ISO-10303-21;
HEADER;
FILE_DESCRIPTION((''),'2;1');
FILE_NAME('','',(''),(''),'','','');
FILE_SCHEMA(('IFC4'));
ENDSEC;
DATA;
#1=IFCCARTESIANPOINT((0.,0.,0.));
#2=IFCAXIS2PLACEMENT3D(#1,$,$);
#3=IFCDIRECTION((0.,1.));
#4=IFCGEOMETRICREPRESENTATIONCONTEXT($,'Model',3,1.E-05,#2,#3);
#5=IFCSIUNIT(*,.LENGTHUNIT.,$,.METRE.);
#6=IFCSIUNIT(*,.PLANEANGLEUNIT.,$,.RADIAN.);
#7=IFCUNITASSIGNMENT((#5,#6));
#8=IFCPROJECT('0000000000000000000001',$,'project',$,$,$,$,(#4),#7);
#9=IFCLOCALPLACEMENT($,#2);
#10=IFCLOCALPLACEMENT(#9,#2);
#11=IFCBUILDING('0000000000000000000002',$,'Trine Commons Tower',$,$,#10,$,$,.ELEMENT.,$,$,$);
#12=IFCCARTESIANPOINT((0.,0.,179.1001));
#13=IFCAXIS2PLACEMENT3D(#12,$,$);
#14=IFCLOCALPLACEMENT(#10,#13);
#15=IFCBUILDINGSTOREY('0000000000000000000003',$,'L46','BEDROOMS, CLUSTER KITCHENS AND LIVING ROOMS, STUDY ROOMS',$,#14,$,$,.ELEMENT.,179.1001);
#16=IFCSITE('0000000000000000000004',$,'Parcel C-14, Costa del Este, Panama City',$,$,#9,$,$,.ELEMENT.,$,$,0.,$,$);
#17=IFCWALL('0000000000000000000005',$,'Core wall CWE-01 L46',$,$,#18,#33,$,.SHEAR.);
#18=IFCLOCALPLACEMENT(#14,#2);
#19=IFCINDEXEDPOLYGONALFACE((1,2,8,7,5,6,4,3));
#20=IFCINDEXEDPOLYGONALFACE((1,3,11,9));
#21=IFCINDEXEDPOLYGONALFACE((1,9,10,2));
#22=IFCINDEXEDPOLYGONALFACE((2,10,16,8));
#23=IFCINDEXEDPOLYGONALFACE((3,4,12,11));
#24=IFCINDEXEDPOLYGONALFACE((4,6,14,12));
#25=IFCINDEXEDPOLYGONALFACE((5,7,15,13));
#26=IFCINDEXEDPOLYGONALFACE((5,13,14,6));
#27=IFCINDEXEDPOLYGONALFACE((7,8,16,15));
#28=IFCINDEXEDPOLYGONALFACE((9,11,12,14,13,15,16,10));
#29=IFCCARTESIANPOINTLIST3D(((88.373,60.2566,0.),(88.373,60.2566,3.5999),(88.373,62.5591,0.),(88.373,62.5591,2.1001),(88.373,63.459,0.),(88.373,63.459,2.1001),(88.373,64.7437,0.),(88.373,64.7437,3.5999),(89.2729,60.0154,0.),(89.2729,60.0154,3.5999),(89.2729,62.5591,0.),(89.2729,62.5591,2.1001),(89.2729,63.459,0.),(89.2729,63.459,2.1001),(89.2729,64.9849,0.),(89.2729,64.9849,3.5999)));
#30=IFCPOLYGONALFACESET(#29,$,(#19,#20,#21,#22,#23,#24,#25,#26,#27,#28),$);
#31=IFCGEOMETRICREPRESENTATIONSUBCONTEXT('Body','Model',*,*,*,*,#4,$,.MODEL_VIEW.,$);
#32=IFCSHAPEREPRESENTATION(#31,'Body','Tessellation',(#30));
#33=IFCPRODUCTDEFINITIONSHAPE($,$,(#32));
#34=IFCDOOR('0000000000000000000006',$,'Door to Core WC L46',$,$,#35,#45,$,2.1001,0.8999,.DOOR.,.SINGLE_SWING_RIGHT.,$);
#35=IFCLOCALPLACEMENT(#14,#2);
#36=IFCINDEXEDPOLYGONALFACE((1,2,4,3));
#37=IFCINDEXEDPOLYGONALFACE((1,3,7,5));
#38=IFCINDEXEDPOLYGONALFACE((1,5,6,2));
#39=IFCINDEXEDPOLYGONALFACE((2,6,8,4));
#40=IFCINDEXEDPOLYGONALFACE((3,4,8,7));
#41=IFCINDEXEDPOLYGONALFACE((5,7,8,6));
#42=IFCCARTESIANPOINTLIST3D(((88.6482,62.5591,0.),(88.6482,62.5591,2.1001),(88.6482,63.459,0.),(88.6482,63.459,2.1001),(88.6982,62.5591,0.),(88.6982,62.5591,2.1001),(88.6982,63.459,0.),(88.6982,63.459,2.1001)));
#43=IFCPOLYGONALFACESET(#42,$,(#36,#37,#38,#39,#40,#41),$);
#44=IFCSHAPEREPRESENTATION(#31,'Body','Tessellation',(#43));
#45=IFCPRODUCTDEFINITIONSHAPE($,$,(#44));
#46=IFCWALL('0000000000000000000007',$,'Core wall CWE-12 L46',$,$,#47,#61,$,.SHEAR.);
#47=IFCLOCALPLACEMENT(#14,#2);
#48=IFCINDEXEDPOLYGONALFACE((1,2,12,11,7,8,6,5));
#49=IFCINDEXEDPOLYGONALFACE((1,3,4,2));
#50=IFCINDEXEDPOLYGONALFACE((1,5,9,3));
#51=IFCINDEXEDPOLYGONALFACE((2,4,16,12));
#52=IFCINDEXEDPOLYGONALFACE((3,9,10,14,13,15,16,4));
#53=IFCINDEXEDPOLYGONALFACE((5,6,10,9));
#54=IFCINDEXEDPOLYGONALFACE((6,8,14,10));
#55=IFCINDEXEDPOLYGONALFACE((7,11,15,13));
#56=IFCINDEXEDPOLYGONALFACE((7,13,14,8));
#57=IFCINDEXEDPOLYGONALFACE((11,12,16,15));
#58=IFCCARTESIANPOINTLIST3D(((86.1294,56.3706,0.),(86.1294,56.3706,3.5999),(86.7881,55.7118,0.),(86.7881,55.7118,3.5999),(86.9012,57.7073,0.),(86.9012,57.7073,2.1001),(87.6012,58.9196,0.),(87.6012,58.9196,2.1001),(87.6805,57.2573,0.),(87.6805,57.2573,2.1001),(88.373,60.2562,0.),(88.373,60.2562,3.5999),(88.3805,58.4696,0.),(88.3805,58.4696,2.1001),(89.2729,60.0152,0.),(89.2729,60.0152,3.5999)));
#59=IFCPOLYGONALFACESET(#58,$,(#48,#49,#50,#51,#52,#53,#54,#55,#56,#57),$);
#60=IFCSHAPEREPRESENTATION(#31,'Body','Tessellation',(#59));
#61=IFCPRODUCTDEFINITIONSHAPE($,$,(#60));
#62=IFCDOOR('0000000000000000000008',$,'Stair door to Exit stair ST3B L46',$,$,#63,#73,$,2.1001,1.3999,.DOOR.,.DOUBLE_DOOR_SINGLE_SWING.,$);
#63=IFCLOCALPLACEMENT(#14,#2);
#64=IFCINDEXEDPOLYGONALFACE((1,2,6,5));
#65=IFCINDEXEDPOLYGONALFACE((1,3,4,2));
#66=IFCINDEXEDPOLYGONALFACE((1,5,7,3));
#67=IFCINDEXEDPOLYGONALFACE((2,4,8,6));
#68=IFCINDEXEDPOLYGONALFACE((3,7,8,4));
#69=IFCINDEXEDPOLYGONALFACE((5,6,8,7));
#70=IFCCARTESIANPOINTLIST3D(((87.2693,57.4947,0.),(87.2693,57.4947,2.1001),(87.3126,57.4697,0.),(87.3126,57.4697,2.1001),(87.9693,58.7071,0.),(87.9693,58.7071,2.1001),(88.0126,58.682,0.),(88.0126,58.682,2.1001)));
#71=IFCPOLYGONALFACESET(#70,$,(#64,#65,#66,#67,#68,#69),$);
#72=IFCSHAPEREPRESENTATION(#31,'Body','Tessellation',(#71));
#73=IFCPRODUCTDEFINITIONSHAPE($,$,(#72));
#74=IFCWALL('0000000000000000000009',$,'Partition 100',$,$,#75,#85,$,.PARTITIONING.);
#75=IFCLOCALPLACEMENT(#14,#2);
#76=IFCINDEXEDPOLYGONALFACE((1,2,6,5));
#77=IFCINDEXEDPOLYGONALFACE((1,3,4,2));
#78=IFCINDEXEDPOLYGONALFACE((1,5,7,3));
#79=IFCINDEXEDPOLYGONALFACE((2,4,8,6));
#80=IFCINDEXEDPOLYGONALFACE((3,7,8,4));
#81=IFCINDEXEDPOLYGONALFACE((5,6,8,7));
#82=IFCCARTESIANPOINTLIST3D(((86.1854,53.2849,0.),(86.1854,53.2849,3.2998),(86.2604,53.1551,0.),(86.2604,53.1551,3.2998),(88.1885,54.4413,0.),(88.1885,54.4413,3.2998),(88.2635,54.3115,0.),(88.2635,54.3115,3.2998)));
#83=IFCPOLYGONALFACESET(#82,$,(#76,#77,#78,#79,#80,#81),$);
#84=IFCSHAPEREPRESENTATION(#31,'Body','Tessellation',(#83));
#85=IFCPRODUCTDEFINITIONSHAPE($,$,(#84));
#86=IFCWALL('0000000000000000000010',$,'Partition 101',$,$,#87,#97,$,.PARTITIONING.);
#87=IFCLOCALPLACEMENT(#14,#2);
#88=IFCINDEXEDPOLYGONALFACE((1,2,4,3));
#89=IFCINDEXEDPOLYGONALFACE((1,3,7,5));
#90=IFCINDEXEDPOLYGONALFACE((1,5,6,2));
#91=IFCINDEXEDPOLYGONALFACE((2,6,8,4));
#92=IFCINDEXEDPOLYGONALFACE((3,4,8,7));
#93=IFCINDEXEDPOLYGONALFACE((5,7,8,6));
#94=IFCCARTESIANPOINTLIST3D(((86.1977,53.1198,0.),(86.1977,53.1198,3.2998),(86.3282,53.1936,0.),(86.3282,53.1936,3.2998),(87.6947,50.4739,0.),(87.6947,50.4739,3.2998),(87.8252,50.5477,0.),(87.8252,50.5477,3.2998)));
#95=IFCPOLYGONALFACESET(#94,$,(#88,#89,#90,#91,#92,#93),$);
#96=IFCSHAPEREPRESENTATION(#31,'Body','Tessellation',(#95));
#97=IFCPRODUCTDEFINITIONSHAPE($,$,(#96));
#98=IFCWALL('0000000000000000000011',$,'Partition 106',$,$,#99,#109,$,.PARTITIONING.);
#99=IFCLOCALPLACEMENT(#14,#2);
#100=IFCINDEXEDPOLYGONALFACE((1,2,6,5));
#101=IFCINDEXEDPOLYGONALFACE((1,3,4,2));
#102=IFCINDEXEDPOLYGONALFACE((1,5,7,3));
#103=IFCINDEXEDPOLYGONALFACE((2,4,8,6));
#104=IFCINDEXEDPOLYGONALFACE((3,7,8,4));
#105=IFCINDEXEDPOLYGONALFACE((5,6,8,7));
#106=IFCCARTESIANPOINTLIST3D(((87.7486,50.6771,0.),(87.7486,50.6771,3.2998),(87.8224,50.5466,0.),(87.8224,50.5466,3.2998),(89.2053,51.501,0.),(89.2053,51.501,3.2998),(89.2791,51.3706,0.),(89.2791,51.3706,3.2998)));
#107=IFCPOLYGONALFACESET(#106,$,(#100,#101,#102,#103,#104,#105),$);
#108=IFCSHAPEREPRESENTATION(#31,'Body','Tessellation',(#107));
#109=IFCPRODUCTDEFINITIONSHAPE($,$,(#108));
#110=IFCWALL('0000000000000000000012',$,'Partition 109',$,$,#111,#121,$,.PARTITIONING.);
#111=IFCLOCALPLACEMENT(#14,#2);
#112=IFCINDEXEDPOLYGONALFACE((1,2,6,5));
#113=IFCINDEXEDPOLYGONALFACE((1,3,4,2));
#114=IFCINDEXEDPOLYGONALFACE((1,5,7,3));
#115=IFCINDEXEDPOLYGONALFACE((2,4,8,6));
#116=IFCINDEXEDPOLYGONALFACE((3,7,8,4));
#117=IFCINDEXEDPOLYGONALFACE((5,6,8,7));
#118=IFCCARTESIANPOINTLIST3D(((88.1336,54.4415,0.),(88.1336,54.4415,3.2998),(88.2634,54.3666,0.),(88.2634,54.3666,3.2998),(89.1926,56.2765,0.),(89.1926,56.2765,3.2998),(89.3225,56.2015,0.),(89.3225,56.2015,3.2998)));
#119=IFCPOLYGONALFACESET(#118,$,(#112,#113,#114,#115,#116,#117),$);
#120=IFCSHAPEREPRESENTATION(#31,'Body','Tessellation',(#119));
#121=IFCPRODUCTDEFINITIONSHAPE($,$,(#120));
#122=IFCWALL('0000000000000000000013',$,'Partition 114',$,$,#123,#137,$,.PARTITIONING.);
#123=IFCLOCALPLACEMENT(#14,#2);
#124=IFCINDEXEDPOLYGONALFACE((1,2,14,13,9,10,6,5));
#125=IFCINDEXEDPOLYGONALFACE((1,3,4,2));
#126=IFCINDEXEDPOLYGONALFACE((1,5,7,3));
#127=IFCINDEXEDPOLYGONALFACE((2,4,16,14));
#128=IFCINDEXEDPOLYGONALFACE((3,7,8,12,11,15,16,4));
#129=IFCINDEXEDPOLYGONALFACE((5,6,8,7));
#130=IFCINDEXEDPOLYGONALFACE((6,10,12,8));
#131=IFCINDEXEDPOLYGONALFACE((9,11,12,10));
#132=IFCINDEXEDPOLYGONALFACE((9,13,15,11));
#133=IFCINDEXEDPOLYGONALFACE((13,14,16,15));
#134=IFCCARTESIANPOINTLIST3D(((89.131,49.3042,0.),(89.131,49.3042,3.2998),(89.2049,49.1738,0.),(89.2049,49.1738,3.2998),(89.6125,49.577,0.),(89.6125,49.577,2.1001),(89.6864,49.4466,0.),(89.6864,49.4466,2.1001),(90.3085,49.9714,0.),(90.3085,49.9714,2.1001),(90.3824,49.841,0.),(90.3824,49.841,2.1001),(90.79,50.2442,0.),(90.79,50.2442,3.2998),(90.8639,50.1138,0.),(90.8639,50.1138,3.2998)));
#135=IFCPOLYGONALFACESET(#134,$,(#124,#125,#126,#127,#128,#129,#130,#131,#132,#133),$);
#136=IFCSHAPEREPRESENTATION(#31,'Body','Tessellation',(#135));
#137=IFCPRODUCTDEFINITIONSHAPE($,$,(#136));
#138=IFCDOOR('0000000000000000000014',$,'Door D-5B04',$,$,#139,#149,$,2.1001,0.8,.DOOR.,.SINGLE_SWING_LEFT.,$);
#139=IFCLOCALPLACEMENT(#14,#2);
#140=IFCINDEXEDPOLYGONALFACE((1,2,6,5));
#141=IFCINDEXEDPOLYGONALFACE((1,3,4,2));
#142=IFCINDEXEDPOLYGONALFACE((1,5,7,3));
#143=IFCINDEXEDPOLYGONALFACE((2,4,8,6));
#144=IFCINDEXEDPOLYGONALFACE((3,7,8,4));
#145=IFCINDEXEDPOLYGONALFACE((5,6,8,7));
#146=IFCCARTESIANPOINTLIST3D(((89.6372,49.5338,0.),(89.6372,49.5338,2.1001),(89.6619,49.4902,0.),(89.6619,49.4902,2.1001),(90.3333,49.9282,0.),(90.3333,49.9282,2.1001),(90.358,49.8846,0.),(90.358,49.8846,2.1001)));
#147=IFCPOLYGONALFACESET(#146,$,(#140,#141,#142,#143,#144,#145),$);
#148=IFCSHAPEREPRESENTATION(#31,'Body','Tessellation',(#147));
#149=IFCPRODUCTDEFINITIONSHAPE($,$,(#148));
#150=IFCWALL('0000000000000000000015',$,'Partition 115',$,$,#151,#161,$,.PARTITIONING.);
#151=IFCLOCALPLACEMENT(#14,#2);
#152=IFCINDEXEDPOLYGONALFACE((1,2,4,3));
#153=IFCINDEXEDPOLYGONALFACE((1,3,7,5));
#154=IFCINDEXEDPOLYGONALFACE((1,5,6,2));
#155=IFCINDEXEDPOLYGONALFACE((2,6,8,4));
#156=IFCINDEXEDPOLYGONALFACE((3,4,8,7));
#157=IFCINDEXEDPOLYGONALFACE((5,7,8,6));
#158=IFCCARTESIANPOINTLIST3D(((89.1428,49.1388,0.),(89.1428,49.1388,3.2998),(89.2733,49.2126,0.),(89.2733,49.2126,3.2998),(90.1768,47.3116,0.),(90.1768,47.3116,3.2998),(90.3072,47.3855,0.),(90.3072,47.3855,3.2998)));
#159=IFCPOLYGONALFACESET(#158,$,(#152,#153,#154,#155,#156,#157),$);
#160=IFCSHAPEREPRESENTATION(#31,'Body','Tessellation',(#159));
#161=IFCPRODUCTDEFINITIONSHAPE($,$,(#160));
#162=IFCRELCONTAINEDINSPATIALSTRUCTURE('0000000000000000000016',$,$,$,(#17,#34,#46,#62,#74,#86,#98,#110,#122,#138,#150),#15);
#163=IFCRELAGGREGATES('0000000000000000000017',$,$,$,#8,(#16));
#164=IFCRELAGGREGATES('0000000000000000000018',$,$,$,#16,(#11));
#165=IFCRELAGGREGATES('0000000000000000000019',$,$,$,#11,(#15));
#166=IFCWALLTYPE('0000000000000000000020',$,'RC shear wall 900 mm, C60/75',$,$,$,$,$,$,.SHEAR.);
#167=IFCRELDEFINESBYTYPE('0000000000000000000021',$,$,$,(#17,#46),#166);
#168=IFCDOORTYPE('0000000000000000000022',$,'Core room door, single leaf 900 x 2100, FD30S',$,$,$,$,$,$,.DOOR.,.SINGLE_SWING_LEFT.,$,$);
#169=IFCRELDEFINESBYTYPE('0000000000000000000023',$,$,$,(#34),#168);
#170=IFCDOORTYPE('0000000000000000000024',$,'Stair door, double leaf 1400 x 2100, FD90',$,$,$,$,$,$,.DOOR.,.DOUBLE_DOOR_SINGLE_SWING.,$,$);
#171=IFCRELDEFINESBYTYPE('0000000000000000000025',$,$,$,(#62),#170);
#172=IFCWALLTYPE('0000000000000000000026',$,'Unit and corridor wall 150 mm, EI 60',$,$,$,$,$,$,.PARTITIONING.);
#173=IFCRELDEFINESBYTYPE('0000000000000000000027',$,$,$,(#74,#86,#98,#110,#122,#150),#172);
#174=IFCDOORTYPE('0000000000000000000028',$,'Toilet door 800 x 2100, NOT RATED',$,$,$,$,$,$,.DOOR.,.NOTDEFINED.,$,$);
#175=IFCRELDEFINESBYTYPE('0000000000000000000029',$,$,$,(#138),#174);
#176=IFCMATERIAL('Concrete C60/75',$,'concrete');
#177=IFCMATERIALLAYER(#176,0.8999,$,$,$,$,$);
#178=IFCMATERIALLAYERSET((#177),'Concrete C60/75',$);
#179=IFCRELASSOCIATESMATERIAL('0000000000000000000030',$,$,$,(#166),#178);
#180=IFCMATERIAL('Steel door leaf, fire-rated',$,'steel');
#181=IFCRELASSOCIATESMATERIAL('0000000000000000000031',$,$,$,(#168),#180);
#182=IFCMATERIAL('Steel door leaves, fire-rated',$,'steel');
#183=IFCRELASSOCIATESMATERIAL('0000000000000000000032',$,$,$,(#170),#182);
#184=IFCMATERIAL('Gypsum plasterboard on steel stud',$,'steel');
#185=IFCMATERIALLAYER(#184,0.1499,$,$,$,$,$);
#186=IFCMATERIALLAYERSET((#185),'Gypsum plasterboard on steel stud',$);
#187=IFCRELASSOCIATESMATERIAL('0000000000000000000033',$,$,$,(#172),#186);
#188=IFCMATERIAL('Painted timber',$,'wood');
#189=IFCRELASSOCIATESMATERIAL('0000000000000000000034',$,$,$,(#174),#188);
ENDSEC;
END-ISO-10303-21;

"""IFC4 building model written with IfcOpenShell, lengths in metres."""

from ifc_helpers import new_model, si_unit, direction, frame, frame_2d, origin, place, context, subcontext, project, spatial, polyline, rectangle, outline, extrude, material, layer, layer_set, type_object, element, fill, save


model = new_model("IFC4")

# Units and contexts
model_context = context("Model", 3, precision=1e-05, world=origin(), true_north=direction((0.0, 1.0)))
body_context = subcontext(model_context, "Body", "Model", "MODEL_VIEW")
ifc_project = project(units=[si_unit("LENGTHUNIT", "METRE"), si_unit("PLANEANGLEUNIT", "RADIAN")], contexts=[model_context])

# Site, building, storey
site_placement = place(None, origin())
site = spatial("IfcSite", under=ifc_project, at=site_placement, Name="Parcel C-14, Costa del Este, Panama City", CompositionType="ELEMENT", RefElevation=0.0)
building_placement = place(site_placement, origin())
building = spatial("IfcBuilding", under=site, at=building_placement, Name="Trine Commons Tower", CompositionType="ELEMENT")
storey_placement = place(building_placement, frame((0.0, 0.0, 179.1001)))
storey = spatial("IfcBuildingStorey", under=building, at=storey_placement, Name="L46", Description="BEDROOMS, CLUSTER KITCHENS AND LIVING ROOMS, STUDY ROOMS", CompositionType="ELEMENT", Elevation=179.1001)

# Walls, openings, doors
ifc_material_1 = material(Name="Concrete C60/75", Category="concrete")
ifc_layer_1 = layer(ifc_material_1, 0.8999)
ifc_layer_set_1 = layer_set([ifc_layer_1], Name="Concrete C60/75")
wall_type_1 = type_object("IfcWallType", Name="RC shear wall 900 mm, C60/75", PredefinedType="SHEAR", material=ifc_layer_set_1)
wall_1_placement = place(storey_placement, frame((88.823, 60.0154, 0.0), z_axis=(0.0, 0.0, 1.0), x_axis=(0.0, 1.0, 0.0)))
wall_1 = element("IfcWall", 1, at=wall_1_placement, inside=storey, type_object=wall_type_1, Name="Core wall CWE-01 L46", PredefinedType="SHEAR", context=body_context, shape_type="SweptSolid", body=[
    extrude(outline(polyline([(0.0, -0.45), (4.9695, -0.45), (4.7283, 0.45), (0.2412, 0.45), (0.0, -0.45)])), origin(), (0.0, 0.0, 1.0), 3.5999),
])
opening_1_placement = place(wall_1_placement, frame((2.5437, 0.0, 0.0)))
opening_1 = element("IfcOpeningElement", 2, at=opening_1_placement, cuts=wall_1, PredefinedType="OPENING", context=body_context, shape_type="SweptSolid", body=[
    extrude(rectangle(XDim=0.8999, YDim=2.1001, at=frame_2d((0.45, 1.05))), frame((0.0, 0.46, 0.0), z_axis=(0.0, -1.0, 0.0), x_axis=(1.0, 0.0, 0.0)), (0.0, 0.0, 1.0), 0.9199),
])
ifc_material_2 = material(Name="Steel door leaf, fire-rated", Category="steel")
door_type_1 = type_object("IfcDoorType", Name="Core room door, single leaf 900 x 2100, FD30S", OperationType="SINGLE_SWING_LEFT", PredefinedType="DOOR", material=ifc_material_2)
door_1_placement = place(opening_1_placement, origin())
door_1 = element("IfcDoor", 3, at=door_1_placement, inside=storey, type_object=door_type_1, Name="Door to Core WC L46", OperationType="SINGLE_SWING_RIGHT", OverallHeight=2.1001, OverallWidth=0.8999, PredefinedType="DOOR", context=body_context, shape_type="SweptSolid", body=[
    extrude(rectangle(XDim=0.8999, YDim=2.1001, at=frame_2d((0.45, 1.05))), frame((0.0, 0.1748, 0.0), z_axis=(0.0, -1.0, 0.0), x_axis=(1.0, 0.0, 0.0)), (0.0, 0.0, 1.0), 0.05),
])
fill(opening_1, door_1)
wall_2_placement = place(storey_placement, frame((86.3984, 55.9368, 0.0), z_axis=(0.0, 0.0, 1.0), x_axis=(0.500039, 0.866003, 0.0)))
wall_2 = element("IfcWall", 4, at=wall_2_placement, inside=storey, type_object=wall_type_1, Name="Core wall CWE-12 L46", PredefinedType="SHEAR", context=body_context, shape_type="SweptSolid", body=[
    extrude(outline(polyline([(0.0, -0.45), (4.9692, -0.45), (4.728, 0.45), (0.2412, 0.45), (0.0, -0.45)])), origin(), (0.0, 0.0, 1.0), 3.5999),
])
opening_2_placement = place(wall_2_placement, frame((1.7847, 0.0, 0.0)))
opening_2 = element("IfcOpeningElement", 5, at=opening_2_placement, cuts=wall_2, PredefinedType="OPENING", context=body_context, shape_type="SweptSolid", body=[
    extrude(rectangle(XDim=1.3999, YDim=2.1001, at=frame_2d((0.7, 1.05))), frame((0.0, 0.46, 0.0), z_axis=(0.0, -1.0, 0.0), x_axis=(1.0, 0.0, 0.0)), (0.0, 0.0, 1.0), 0.9199),
])
ifc_material_3 = material(Name="Steel door leaves, fire-rated", Category="steel")
door_type_2 = type_object("IfcDoorType", Name="Stair door, double leaf 1400 x 2100, FD90", OperationType="DOUBLE_DOOR_SINGLE_SWING", PredefinedType="DOOR", material=ifc_material_3)
door_2_placement = place(opening_2_placement, origin())
door_2 = element("IfcDoor", 6, at=door_2_placement, inside=storey, type_object=door_type_2, Name="Stair door to Exit stair ST3B L46", OperationType="DOUBLE_DOOR_SINGLE_SWING", OverallHeight=2.1001, OverallWidth=1.3999, PredefinedType="DOOR", context=body_context, shape_type="SweptSolid", body=[
    extrude(rectangle(XDim=1.3999, YDim=2.1001, at=frame_2d((0.7, 1.05))), frame((0.0, 0.0249, 0.0), z_axis=(0.0, -1.0, 0.0), x_axis=(1.0, 0.0, 0.0)), (0.0, 0.0, 1.0), 0.05),
])
fill(opening_2, door_2)

# Walls
ifc_material_4 = material(Name="Gypsum plasterboard on steel stud", Category="steel")
ifc_layer_2 = layer(ifc_material_4, 0.1499)
ifc_layer_set_2 = layer_set([ifc_layer_2], Name="Gypsum plasterboard on steel stud")
wall_type_2 = type_object("IfcWallType", Name="Unit and corridor wall 150 mm, EI 60", PredefinedType="PARTITIONING", material=ifc_layer_set_2)
wall_3_placement = place(storey_placement, frame((86.2229, 53.22, 0.0), z_axis=(0.0, 0.0, 1.0), x_axis=(0.866033, 0.499987, 0.0)))
element("IfcWall", 7, at=wall_3_placement, inside=storey, type_object=wall_type_2, Name="Partition 100", PredefinedType="PARTITIONING", context=body_context, shape_type="SweptSolid", body=[
    extrude(rectangle(XDim=2.313, YDim=0.1499, at=frame_2d((1.1565, 0.0))), origin(), (0.0, 0.0, 1.0), 3.2998),
])
wall_4_placement = place(storey_placement, frame((86.2629, 53.1567, 0.0), z_axis=(0.0, 0.0, 1.0), x_axis=(0.492433, -0.87035, 0.0)))
element("IfcWall", 8, at=wall_4_placement, inside=storey, type_object=wall_type_2, Name="Partition 101", PredefinedType="PARTITIONING", context=body_context, shape_type="SweptSolid", body=[
    extrude(rectangle(XDim=3.04, YDim=0.1499, at=frame_2d((1.52, 0.0))), origin(), (0.0, 0.0, 1.0), 3.2998),
])
wall_5_placement = place(storey_placement, frame((87.7854, 50.6118, 0.0), z_axis=(0.0, 0.0, 1.0), x_axis=(0.870416, 0.492317, 0.0)))
element("IfcWall", 9, at=wall_5_placement, inside=storey, type_object=wall_type_2, Name="Partition 106", PredefinedType="PARTITIONING", context=body_context, shape_type="SweptSolid", body=[
    extrude(rectangle(XDim=1.6736, YDim=0.1499, at=frame_2d((0.8369, 0.0))), origin(), (0.0, 0.0, 1.0), 3.2998),
])
wall_6_placement = place(storey_placement, frame((88.1985, 54.4041, 0.0), z_axis=(0.0, 0.0, 1.0), x_axis=(0.499882, 0.866093, 0.0)))
element("IfcWall", 10, at=wall_6_placement, inside=storey, type_object=wall_type_2, Name="Partition 109", PredefinedType="PARTITIONING", context=body_context, shape_type="SweptSolid", body=[
    extrude(rectangle(XDim=2.1187, YDim=0.1499, at=frame_2d((1.0593, 0.0))), origin(), (0.0, 0.0, 1.0), 3.2998),
])

# Wall, opening, door
wall_7_placement = place(storey_placement, frame((89.168, 49.239, 0.0), z_axis=(0.0, 0.0, 1.0), x_axis=(0.87005, 0.492964, 0.0)))
wall_7 = element("IfcWall", 11, at=wall_7_placement, inside=storey, type_object=wall_type_2, Name="Partition 114", PredefinedType="PARTITIONING", context=body_context, shape_type="SweptSolid", body=[
    extrude(rectangle(XDim=1.9067, YDim=0.1499, at=frame_2d((0.9534, 0.0))), origin(), (0.0, 0.0, 1.0), 3.2998),
])
opening_3_placement = place(wall_7_placement, frame((0.5535, 0.0, 0.0)))
opening_3 = element("IfcOpeningElement", 12, at=opening_3_placement, cuts=wall_7, PredefinedType="OPENING", context=body_context, shape_type="SweptSolid", body=[
    extrude(rectangle(XDim=0.8, YDim=2.1001, at=frame_2d((0.3999, 1.05))), frame((0.0, 0.085, 0.0), z_axis=(0.0, -1.0, 0.0), x_axis=(1.0, 0.0, 0.0)), (0.0, 0.0, 1.0), 0.1699),
])
ifc_material_5 = material(Name="Painted timber", Category="wood")
door_type_3 = type_object("IfcDoorType", Name="Toilet door 800 x 2100, NOT RATED", OperationType="NOTDEFINED", PredefinedType="DOOR", material=ifc_material_5)
door_3_placement = place(opening_3_placement, frame((0.8, 0.0, 0.0), z_axis=(0.0, 0.0, 1.0), x_axis=(-1.0, 0.0, 0.0)))
door_3 = element("IfcDoor", 13, at=door_3_placement, inside=storey, type_object=door_type_3, Name="Door D-5B04", OperationType="SINGLE_SWING_LEFT", OverallHeight=2.1001, OverallWidth=0.8, PredefinedType="DOOR", context=body_context, shape_type="SweptSolid", body=[
    extrude(rectangle(XDim=0.8, YDim=2.1001, at=frame_2d((0.3999, 1.05))), frame((0.0, 0.0249, 0.0), z_axis=(0.0, -1.0, 0.0), x_axis=(1.0, 0.0, 0.0)), (0.0, 0.0, 1.0), 0.05),
])
fill(opening_3, door_3)

# Wall
wall_8_placement = place(storey_placement, frame((89.208, 49.1758, 0.0), z_axis=(0.0, 0.0, 1.0), x_axis=(0.49249, -0.870318, 0.0)))
element("IfcWall", 14, at=wall_8_placement, inside=storey, type_object=wall_type_2, Name="Partition 115", PredefinedType="PARTITIONING", context=body_context, shape_type="SweptSolid", body=[
    extrude(rectangle(XDim=2.0994, YDim=0.1499, at=frame_2d((1.0498, 0.0))), origin(), (0.0, 0.0, 1.0), 3.2998),
])

save(model, "model.ifc")
